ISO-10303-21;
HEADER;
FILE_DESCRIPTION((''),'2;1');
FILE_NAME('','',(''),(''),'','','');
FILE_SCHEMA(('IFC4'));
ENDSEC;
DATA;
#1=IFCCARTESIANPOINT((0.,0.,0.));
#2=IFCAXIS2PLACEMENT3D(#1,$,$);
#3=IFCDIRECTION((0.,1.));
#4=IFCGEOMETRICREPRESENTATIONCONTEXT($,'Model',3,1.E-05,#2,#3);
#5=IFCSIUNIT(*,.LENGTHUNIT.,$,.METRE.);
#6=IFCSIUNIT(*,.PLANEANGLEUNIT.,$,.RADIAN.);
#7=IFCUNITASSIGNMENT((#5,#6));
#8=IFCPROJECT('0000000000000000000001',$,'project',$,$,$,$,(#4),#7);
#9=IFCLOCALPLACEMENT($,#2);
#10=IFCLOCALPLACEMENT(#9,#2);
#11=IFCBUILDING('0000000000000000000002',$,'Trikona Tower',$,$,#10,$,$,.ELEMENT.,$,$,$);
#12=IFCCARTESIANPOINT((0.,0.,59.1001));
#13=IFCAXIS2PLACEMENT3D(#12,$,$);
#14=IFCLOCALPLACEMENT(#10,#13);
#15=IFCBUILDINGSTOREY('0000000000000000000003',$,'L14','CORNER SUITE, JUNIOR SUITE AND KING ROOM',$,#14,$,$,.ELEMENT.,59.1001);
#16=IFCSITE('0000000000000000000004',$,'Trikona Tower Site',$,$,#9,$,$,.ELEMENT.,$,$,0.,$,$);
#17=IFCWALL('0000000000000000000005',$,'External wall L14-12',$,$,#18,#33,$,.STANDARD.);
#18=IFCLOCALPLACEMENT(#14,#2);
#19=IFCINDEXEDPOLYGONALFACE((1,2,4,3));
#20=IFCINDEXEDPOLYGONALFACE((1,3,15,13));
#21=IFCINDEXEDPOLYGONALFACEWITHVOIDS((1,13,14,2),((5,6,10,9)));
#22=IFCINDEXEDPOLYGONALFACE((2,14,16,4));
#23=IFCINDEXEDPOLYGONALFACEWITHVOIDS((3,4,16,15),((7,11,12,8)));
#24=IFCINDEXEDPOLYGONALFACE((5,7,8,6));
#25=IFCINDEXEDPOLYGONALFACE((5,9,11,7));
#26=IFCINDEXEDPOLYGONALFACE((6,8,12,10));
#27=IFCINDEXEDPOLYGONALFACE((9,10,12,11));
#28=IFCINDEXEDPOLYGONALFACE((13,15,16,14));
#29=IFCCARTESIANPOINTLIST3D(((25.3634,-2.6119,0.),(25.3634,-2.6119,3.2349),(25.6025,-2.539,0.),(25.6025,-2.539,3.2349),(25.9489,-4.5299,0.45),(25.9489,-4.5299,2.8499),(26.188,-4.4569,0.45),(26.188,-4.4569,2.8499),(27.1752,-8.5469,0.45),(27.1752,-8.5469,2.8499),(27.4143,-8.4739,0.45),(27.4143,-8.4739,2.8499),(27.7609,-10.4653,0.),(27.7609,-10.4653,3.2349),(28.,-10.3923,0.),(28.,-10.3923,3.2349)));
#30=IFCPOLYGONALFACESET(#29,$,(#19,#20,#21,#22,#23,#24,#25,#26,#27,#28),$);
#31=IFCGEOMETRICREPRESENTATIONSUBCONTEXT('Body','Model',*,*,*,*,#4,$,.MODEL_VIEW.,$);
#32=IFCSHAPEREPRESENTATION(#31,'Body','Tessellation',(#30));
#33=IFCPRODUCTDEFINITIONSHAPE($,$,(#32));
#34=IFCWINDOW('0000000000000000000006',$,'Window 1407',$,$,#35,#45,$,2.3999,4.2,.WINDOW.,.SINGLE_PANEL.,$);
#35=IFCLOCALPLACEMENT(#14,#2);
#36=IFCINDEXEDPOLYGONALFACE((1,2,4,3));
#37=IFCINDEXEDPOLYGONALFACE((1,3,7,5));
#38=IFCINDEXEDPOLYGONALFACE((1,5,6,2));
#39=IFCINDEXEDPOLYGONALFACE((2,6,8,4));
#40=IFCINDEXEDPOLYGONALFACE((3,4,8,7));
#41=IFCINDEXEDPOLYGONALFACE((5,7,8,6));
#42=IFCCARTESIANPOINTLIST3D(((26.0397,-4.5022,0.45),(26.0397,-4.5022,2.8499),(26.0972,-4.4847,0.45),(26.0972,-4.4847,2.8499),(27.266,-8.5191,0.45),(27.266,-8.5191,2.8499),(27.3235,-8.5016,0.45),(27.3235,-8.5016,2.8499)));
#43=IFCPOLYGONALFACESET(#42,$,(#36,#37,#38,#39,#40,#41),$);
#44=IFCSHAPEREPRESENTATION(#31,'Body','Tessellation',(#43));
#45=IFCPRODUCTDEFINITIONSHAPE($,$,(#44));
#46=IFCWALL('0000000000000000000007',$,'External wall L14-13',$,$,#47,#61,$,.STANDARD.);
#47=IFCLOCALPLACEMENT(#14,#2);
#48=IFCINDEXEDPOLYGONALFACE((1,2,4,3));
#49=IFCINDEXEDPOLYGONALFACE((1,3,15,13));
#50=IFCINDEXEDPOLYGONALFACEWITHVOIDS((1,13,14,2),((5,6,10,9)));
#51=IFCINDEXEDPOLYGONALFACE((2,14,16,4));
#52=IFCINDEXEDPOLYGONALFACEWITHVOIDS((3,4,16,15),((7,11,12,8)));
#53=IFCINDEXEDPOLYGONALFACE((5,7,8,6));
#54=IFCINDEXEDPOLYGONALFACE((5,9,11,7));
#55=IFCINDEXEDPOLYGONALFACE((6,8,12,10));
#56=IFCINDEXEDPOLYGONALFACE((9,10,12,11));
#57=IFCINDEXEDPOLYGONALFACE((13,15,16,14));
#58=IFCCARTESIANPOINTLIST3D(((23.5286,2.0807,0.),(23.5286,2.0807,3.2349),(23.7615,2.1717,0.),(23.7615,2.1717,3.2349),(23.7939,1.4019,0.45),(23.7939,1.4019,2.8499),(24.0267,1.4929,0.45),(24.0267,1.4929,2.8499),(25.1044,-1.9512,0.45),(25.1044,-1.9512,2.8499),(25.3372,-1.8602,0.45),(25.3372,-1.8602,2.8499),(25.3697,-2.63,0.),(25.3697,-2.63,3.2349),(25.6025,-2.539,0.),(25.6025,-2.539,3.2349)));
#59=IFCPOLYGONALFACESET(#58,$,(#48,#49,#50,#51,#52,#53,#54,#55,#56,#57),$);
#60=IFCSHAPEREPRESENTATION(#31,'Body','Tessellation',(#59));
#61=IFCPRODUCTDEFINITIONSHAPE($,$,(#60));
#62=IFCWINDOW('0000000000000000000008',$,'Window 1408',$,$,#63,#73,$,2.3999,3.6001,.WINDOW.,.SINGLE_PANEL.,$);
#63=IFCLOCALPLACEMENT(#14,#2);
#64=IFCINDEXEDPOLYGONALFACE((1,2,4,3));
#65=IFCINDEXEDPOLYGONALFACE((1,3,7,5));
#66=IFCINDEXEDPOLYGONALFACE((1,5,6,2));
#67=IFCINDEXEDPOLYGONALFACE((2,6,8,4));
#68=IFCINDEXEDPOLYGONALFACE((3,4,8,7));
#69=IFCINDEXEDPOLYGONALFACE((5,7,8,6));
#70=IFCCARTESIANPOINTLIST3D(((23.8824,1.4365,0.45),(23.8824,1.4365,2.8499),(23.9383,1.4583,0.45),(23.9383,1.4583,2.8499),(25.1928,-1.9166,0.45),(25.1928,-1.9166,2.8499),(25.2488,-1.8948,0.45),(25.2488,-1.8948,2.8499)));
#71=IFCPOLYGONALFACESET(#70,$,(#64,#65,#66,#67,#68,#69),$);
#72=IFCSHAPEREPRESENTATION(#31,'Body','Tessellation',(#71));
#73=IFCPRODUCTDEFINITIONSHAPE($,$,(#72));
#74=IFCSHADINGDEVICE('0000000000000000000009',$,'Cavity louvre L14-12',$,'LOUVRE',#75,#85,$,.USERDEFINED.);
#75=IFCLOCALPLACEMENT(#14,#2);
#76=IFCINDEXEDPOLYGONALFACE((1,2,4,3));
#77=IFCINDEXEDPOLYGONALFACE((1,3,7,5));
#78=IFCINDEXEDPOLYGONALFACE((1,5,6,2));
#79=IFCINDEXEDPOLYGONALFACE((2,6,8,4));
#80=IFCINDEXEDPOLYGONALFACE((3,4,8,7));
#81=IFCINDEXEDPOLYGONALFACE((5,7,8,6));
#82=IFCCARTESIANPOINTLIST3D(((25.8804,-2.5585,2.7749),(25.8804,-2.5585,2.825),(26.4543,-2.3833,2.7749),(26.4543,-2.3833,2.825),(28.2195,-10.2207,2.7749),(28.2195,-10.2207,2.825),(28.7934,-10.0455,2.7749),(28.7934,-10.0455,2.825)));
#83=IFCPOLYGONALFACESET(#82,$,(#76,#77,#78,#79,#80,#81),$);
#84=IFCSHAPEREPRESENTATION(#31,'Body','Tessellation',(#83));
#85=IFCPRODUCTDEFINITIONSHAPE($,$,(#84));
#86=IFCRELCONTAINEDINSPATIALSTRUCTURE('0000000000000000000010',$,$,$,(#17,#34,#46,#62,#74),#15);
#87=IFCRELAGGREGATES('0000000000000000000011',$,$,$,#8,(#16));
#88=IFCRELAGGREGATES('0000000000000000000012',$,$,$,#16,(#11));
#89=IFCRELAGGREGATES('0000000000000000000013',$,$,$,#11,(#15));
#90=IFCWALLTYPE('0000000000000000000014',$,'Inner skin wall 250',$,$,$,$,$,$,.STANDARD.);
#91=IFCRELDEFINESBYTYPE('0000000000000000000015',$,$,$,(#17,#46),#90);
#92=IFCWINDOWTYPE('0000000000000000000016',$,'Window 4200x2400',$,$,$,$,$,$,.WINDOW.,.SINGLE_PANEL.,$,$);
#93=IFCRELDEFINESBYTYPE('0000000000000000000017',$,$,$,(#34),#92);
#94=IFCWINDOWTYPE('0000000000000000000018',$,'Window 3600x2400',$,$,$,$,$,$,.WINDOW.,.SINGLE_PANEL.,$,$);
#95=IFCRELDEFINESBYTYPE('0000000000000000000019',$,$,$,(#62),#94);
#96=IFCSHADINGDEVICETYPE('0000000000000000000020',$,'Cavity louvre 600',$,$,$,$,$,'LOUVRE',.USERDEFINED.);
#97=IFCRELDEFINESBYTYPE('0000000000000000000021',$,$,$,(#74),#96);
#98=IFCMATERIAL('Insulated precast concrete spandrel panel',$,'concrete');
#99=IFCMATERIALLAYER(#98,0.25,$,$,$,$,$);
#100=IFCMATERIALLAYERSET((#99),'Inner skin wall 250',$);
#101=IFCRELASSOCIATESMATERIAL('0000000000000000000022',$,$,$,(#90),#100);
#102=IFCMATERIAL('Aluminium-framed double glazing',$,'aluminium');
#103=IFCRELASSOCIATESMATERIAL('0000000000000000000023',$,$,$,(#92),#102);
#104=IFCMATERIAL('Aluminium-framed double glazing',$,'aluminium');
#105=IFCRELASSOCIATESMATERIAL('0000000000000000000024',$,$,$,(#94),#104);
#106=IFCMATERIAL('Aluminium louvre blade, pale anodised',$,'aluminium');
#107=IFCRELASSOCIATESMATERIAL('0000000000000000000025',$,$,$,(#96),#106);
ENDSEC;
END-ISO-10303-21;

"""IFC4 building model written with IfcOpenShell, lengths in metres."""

from ifc_helpers import new_model, si_unit, direction, frame, frame_2d, origin, origin_2d, place, context, subcontext, project, spatial, rectangle, extrude, material, layer, layer_set, type_object, element, fill, save


model = new_model("IFC4")

# Units and contexts
model_context = context("Model", 3, precision=1e-05, world=origin(), true_north=direction((0.0, 1.0)))
body_context = subcontext(model_context, "Body", "Model", "MODEL_VIEW")
ifc_project = project(units=[si_unit("LENGTHUNIT", "METRE"), si_unit("PLANEANGLEUNIT", "RADIAN")], contexts=[model_context])

# Site, building, storey
site_placement = place(None, origin())
site = spatial("IfcSite", under=ifc_project, at=site_placement, Name="Trikona Tower Site", CompositionType="ELEMENT", RefElevation=0.0)
building_placement = place(site_placement, origin())
building = spatial("IfcBuilding", under=site, at=building_placement, Name="Trikona Tower", CompositionType="ELEMENT")
storey_placement = place(building_placement, frame((0.0, 0.0, 59.1001)))
storey = spatial("IfcBuildingStorey", under=building, at=storey_placement, Name="L14", Description="CORNER SUITE, JUNIOR SUITE AND KING ROOM", CompositionType="ELEMENT", Elevation=59.1001)

# Walls, openings, windows
ifc_material_1 = material(Name="Insulated precast concrete spandrel panel", Category="concrete")
ifc_layer_1 = layer(ifc_material_1, 0.25)
ifc_layer_set_1 = layer_set([ifc_layer_1], Name="Inner skin wall 250")
wall_type = type_object("IfcWallType", Name="Inner skin wall 250", PredefinedType="STANDARD", material=ifc_layer_set_1)
wall_1_placement = place(storey_placement, frame((27.8804, -10.4287, 0.0), z_axis=(0.0, 0.0, 1.0), x_axis=(-0.291979, 0.956425, 0.0)))
wall_1 = element("IfcWall", 1, at=wall_1_placement, inside=storey, type_object=wall_type, Name="External wall L14-12", PredefinedType="STANDARD", context=body_context, shape_type="SweptSolid", body=[
    extrude(rectangle(XDim=8.2112, YDim=0.25, at=frame_2d((4.1055, 0.0))), origin(), (0.0, 0.0, 1.0), 3.2349),
])
opening_1_placement = place(wall_1_placement, frame((2.0056, 0.0, 0.45)))
opening_1 = element("IfcOpeningElement", 2, at=opening_1_placement, cuts=wall_1, PredefinedType="OPENING", context=body_context, shape_type="SweptSolid", body=[
    extrude(rectangle(XDim=4.2, YDim=2.3999, at=frame_2d((2.1001, 1.2))), frame((0.0, 0.135, 0.0), z_axis=(0.0, -1.0, 0.0), x_axis=(1.0, 0.0, 0.0)), (0.0, 0.0, 1.0), 0.27),
])
ifc_material_2 = material(Name="Aluminium-framed double glazing", Category="aluminium")
window_type_1 = type_object("IfcWindowType", Name="Window 4200x2400", PartitioningType="SINGLE_PANEL", PredefinedType="WINDOW", material=ifc_material_2)
window_1_placement = place(opening_1_placement, origin())
window_1 = element("IfcWindow", 3, at=window_1_placement, inside=storey, type_object=window_type_1, Name="Window 1407", OverallHeight=2.3999, OverallWidth=4.2, PartitioningType="SINGLE_PANEL", PredefinedType="WINDOW", context=body_context, shape_type="SweptSolid", body=[
    extrude(rectangle(XDim=4.2, YDim=2.3999, at=frame_2d((2.1001, 1.2))), frame((0.0, 0.03, 0.0), z_axis=(0.0, -1.0, 0.0), x_axis=(1.0, 0.0, 0.0)), (0.0, 0.0, 1.0), 0.0601),
])
fill(opening_1, window_1)
wall_2_placement = place(storey_placement, frame((25.4861, -2.5845, 0.0), z_axis=(0.0, 0.0, 1.0), x_axis=(-0.364013, 0.931394, 0.0)))
wall_2 = element("IfcWall", 4, at=wall_2_placement, inside=storey, type_object=wall_type, Name="External wall L14-13", PredefinedType="STANDARD", context=body_context, shape_type="SweptSolid", body=[
    extrude(rectangle(XDim=5.0576, YDim=0.25, at=frame_2d((2.5288, 0.0))), origin(), (0.0, 0.0, 1.0), 3.2349),
])
opening_2_placement = place(wall_2_placement, frame((0.7288, 0.0, 0.45)))
opening_2 = element("IfcOpeningElement", 5, at=opening_2_placement, cuts=wall_2, PredefinedType="OPENING", context=body_context, shape_type="SweptSolid", body=[
    extrude(rectangle(XDim=3.6001, YDim=2.3999, at=frame_2d((1.8, 1.2))), frame((0.0, 0.135, 0.0), z_axis=(0.0, -1.0, 0.0), x_axis=(1.0, 0.0, 0.0)), (0.0, 0.0, 1.0), 0.27),
])
ifc_material_3 = material(Name="Aluminium-framed double glazing", Category="aluminium")
window_type_2 = type_object("IfcWindowType", Name="Window 3600x2400", PartitioningType="SINGLE_PANEL", PredefinedType="WINDOW", material=ifc_material_3)
window_2_placement = place(opening_2_placement, origin())
window_2 = element("IfcWindow", 6, at=window_2_placement, inside=storey, type_object=window_type_2, Name="Window 1408", OverallHeight=2.3999, OverallWidth=3.6001, PartitioningType="SINGLE_PANEL", PredefinedType="WINDOW", context=body_context, shape_type="SweptSolid", body=[
    extrude(rectangle(XDim=3.6001, YDim=2.3999, at=frame_2d((1.8, 1.2))), frame((0.0, 0.03, 0.0), z_axis=(0.0, -1.0, 0.0), x_axis=(1.0, 0.0, 0.0)), (0.0, 0.0, 1.0), 0.0601),
])
fill(opening_2, window_2)

# Shading device
ifc_material_4 = material(Name="Aluminium louvre blade, pale anodised", Category="aluminium")
shading_device_type = type_object("IfcShadingDeviceType", Name="Cavity louvre 600", ElementType="LOUVRE", PredefinedType="USERDEFINED", material=ifc_material_4)
shading_device_placement = place(storey_placement, frame((27.3369, -6.302, 2.7749), z_axis=(0.0, 0.0, 1.0), x_axis=(-0.291979, 0.956425, 0.0)))
element("IfcShadingDevice", 7, at=shading_device_placement, inside=storey, type_object=shading_device_type, Name="Cavity louvre L14-12", ObjectType="LOUVRE", PredefinedType="USERDEFINED", context=body_context, shape_type="SweptSolid", body=[
    extrude(rectangle(XDim=8.0112, YDim=0.6001, at=origin_2d()), origin(), (0.0, 0.0, 1.0), 0.05),
])

save(model, "model.ifc")
